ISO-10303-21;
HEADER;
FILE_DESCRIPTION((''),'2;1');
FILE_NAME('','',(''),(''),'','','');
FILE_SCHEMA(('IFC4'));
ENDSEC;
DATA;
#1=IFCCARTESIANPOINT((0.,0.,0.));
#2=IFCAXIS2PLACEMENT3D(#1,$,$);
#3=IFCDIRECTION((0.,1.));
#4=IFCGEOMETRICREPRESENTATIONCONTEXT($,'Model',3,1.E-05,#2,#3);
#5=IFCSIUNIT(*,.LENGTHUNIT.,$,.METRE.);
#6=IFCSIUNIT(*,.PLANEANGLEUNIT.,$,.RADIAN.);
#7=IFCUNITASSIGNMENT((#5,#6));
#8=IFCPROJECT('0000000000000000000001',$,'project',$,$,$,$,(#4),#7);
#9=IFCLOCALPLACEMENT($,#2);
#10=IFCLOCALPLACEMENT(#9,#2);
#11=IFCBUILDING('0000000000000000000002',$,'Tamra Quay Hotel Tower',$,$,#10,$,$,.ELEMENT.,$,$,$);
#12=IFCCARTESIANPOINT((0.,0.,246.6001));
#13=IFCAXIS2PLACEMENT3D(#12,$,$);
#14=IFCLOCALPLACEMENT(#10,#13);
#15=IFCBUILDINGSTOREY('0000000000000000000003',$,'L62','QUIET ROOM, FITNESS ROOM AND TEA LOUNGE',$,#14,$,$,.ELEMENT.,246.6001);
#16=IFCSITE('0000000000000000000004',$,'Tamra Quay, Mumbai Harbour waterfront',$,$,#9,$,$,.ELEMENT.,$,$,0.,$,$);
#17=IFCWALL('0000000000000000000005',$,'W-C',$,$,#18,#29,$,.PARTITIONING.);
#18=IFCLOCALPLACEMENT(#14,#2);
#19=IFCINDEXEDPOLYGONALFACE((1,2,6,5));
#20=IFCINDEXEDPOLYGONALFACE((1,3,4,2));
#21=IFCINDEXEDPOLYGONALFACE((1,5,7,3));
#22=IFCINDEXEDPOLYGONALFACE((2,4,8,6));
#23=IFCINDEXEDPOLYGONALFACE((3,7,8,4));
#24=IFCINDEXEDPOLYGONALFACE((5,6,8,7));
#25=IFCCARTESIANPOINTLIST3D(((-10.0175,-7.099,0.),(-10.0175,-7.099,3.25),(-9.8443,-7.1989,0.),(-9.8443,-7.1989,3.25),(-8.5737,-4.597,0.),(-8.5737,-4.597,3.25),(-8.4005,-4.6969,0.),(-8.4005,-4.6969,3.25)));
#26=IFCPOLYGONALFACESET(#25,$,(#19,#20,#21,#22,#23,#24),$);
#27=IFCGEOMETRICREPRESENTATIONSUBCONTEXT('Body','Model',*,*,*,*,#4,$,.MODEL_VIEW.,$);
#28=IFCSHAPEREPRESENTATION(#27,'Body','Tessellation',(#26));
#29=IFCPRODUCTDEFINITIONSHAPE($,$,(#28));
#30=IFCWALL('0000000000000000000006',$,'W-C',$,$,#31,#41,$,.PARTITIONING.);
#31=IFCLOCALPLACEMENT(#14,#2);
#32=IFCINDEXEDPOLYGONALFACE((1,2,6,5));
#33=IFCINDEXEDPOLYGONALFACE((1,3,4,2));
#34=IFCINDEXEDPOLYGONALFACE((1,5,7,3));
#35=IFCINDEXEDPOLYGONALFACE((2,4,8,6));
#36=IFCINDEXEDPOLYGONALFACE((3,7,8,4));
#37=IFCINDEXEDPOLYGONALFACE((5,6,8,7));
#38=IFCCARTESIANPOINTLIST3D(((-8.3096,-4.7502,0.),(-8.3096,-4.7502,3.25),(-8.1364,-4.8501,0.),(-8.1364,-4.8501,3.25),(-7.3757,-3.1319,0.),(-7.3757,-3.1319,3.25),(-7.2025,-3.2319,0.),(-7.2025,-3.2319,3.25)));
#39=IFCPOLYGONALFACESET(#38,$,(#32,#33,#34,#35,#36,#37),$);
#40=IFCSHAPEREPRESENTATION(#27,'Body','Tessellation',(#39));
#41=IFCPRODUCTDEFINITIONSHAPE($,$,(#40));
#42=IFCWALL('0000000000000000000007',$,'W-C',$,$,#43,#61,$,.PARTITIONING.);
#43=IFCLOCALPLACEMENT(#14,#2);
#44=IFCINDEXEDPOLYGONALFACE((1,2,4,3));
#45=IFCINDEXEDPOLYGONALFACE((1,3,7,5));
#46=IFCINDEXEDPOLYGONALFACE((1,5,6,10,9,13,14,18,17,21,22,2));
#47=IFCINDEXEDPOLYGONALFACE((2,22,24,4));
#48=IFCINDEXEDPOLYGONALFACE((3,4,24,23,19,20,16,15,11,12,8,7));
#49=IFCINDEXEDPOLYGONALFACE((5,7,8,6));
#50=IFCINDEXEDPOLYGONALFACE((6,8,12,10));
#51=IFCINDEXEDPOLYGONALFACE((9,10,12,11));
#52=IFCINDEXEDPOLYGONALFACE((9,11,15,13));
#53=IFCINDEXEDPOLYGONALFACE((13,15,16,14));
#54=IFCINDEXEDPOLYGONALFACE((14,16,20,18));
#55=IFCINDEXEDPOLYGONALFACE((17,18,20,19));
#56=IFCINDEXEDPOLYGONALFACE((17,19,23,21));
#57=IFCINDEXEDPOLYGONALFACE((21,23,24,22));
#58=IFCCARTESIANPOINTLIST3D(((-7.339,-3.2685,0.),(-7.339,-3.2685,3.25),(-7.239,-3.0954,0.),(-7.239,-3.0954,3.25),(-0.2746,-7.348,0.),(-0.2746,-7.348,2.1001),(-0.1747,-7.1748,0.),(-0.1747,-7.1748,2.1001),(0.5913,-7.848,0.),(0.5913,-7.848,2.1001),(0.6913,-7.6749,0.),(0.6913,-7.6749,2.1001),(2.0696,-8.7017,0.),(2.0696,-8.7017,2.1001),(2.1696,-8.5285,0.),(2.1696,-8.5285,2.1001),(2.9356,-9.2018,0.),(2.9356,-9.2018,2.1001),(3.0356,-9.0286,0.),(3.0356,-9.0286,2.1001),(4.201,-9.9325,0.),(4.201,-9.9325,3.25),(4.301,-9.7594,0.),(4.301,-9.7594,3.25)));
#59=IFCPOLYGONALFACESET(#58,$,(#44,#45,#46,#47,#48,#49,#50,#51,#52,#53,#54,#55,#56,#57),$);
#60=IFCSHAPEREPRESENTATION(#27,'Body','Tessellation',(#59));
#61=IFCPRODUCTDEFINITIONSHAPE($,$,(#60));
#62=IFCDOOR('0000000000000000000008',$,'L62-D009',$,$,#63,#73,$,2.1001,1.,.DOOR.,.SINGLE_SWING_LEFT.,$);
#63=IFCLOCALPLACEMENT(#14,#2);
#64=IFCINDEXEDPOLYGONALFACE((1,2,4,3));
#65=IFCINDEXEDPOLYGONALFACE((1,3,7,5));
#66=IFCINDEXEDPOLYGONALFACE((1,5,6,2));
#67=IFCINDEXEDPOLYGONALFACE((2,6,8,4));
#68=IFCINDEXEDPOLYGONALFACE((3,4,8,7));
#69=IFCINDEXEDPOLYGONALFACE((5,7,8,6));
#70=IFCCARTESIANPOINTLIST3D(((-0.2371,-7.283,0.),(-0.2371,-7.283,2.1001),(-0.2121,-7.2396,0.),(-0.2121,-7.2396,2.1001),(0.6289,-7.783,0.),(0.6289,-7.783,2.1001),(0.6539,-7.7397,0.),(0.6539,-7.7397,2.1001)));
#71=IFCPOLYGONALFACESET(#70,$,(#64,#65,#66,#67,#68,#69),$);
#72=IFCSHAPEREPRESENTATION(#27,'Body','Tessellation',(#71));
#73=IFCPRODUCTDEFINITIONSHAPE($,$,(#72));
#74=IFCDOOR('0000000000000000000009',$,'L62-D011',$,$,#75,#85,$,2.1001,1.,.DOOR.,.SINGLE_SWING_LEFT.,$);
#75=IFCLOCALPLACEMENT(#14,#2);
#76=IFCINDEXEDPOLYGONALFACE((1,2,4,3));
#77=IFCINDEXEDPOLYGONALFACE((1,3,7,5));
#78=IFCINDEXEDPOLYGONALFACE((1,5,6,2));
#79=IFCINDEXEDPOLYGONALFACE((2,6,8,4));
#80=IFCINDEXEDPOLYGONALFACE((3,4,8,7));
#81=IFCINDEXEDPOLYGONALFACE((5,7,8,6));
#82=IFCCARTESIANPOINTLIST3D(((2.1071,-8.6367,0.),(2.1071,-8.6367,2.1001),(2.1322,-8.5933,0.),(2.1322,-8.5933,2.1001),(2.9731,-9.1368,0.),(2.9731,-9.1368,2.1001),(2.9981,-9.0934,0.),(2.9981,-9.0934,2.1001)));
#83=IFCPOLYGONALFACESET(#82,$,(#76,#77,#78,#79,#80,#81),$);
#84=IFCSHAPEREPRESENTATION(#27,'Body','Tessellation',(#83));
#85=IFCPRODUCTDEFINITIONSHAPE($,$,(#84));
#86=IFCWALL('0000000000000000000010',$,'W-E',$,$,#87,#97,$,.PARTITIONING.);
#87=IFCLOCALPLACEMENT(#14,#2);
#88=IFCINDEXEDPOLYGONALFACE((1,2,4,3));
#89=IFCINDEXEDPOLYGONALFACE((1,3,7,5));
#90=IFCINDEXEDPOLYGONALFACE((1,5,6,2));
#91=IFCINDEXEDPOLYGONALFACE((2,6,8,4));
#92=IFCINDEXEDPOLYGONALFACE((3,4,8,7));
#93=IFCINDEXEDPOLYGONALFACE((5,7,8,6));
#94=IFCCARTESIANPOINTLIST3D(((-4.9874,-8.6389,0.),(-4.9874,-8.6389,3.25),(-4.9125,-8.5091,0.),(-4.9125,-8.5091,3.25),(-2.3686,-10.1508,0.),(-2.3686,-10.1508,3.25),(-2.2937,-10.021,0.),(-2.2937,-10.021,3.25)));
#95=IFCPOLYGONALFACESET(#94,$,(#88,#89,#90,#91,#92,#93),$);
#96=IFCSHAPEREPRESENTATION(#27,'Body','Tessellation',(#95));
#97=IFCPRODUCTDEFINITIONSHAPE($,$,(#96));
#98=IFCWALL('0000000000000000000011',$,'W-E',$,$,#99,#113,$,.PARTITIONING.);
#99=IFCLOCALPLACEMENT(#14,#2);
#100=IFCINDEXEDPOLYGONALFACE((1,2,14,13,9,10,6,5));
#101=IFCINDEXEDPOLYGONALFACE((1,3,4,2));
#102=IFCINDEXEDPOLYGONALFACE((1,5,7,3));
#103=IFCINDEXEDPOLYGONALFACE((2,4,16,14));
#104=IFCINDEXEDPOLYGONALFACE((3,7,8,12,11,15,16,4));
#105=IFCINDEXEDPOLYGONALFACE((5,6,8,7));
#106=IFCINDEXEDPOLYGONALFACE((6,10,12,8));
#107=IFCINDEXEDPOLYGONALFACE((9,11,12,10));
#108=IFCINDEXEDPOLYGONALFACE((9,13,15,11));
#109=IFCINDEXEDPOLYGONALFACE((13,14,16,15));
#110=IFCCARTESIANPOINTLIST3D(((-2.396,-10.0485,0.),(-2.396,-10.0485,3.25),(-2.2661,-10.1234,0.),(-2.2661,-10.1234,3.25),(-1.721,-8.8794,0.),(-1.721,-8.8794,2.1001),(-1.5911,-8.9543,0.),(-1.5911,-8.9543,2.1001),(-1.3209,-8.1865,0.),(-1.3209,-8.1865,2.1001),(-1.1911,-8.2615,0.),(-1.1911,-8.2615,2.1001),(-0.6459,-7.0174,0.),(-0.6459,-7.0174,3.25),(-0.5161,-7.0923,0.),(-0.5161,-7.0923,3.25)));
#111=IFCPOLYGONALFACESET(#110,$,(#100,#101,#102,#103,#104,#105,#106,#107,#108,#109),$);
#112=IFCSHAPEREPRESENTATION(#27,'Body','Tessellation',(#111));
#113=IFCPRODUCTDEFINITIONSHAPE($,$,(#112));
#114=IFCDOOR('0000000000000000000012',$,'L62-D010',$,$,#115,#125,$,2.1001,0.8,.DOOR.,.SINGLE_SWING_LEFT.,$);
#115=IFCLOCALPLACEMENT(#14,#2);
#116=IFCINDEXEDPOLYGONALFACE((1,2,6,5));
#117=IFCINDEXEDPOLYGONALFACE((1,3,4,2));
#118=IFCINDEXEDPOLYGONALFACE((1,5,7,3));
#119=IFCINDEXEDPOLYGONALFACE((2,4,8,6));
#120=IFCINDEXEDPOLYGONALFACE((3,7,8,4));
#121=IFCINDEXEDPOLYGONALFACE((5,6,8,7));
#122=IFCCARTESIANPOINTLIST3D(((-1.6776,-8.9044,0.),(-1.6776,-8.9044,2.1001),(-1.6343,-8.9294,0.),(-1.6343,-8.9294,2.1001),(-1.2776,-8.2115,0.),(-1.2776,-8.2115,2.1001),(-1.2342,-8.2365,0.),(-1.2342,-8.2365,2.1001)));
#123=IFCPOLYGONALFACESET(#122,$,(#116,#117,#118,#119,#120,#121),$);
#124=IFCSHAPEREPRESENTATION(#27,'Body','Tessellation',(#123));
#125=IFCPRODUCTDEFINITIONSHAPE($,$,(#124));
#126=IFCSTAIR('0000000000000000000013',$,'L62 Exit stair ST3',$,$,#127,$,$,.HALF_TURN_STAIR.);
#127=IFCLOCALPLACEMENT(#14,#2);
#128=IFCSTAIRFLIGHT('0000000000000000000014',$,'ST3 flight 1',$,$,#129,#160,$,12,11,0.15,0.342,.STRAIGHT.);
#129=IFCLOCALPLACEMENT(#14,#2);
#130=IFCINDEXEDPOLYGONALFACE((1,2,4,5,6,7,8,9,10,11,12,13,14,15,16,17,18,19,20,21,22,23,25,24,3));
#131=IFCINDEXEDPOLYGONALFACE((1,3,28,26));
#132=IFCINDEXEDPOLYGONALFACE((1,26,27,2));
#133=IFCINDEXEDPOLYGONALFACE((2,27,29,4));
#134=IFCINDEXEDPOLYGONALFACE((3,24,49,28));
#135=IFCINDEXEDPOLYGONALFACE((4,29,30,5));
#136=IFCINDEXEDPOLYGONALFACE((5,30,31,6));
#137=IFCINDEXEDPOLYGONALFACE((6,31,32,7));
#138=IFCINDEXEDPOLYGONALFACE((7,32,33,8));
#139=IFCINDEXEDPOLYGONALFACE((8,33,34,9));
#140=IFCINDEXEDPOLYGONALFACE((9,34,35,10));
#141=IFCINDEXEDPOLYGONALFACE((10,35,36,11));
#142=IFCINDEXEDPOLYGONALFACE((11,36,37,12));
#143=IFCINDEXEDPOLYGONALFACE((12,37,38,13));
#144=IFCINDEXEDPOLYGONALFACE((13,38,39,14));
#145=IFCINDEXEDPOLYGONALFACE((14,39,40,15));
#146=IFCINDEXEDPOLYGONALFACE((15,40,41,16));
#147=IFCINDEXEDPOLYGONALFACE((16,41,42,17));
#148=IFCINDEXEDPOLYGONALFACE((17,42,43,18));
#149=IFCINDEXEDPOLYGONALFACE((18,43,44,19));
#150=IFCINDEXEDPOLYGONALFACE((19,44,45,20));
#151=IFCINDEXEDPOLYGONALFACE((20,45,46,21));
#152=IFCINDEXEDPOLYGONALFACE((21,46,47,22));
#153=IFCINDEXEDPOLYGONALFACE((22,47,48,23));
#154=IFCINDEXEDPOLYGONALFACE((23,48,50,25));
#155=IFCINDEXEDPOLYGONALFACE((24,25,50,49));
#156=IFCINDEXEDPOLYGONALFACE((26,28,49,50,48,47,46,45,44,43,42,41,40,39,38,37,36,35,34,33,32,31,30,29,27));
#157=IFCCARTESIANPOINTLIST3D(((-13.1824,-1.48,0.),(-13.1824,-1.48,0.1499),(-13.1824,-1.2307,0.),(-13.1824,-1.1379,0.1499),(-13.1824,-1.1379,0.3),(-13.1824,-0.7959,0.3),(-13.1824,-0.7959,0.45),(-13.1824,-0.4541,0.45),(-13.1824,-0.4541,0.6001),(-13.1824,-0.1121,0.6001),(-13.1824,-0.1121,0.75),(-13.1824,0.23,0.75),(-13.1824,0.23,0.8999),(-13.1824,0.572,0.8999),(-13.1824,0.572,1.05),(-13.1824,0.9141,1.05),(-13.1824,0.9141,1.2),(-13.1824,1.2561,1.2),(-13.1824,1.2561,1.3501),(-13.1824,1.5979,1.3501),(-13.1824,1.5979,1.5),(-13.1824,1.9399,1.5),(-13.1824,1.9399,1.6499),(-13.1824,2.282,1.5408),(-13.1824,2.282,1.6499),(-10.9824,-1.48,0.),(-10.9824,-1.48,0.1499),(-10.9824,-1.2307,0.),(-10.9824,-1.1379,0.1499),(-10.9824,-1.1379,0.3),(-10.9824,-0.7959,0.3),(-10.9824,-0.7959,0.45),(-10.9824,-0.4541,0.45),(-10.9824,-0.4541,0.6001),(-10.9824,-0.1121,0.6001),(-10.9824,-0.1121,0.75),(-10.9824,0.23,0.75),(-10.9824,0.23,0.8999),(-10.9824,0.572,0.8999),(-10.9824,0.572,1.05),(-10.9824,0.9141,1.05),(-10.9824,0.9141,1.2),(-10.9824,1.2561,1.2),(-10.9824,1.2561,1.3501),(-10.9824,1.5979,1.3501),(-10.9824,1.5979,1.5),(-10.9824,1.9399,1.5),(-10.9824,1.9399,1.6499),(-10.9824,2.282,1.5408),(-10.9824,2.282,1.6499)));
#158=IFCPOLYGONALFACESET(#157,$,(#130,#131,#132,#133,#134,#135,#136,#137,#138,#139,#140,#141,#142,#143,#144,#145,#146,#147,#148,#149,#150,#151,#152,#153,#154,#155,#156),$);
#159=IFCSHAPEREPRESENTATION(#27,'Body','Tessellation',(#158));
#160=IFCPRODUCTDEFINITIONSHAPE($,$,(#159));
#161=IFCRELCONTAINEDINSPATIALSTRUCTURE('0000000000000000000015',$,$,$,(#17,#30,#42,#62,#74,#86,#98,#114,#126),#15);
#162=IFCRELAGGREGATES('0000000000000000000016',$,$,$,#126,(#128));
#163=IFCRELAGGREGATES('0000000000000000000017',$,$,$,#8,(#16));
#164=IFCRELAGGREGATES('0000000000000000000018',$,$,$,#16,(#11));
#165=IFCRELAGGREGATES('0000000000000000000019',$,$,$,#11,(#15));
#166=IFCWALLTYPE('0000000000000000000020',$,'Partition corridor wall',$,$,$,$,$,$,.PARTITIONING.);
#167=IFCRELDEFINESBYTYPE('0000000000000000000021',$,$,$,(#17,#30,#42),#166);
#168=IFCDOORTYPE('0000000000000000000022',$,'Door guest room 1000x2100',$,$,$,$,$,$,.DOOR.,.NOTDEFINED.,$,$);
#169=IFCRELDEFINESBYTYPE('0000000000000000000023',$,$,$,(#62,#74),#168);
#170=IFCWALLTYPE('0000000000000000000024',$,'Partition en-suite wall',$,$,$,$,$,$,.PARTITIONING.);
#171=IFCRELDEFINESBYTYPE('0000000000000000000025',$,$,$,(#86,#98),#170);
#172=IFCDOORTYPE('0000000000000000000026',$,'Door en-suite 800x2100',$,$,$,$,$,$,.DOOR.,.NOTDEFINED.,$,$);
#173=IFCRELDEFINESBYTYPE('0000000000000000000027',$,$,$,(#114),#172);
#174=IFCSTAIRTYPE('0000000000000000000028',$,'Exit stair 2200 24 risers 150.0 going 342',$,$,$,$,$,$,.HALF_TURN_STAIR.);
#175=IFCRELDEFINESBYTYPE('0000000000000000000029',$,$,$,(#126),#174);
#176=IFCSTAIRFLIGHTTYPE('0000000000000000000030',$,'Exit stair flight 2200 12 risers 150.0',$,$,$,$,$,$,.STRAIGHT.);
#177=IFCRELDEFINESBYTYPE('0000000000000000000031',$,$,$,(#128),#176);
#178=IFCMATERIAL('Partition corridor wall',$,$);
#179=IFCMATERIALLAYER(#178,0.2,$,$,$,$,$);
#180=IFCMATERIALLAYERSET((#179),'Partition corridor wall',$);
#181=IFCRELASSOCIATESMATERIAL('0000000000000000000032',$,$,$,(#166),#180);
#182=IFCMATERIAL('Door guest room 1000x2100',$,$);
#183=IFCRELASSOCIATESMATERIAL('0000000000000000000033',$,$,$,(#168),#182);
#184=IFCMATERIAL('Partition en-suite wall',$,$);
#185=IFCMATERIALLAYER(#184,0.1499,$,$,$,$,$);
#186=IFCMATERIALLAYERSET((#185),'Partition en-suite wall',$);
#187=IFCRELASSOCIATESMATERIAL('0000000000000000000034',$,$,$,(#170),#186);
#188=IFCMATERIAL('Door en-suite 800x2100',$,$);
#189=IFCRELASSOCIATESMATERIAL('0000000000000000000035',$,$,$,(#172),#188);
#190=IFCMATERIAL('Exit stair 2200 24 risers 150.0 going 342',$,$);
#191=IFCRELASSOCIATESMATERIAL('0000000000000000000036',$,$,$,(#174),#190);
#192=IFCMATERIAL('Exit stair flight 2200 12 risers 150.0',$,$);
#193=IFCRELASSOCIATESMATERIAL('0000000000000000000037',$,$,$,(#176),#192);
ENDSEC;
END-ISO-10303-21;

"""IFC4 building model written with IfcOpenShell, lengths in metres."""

from ifc_helpers import new_model, si_unit, direction, frame, frame_2d, origin, place, context, subcontext, project, spatial, polyline, rectangle, outline, extrude, material, layer, layer_set, type_object, element, fill, aggregate, save


model = new_model("IFC4")

# Units and contexts
model_context = context("Model", 3, precision=1e-05, world=origin(), true_north=direction((0.0, 1.0)))
body_context = subcontext(model_context, "Body", "Model", "MODEL_VIEW")
ifc_project = project(units=[si_unit("LENGTHUNIT", "METRE"), si_unit("PLANEANGLEUNIT", "RADIAN")], contexts=[model_context])

# Site, building, storey
site_placement = place(None, origin())
site = spatial("IfcSite", under=ifc_project, at=site_placement, Name="Tamra Quay, Mumbai Harbour waterfront", CompositionType="ELEMENT", RefElevation=0.0)
building_placement = place(site_placement, origin())
building = spatial("IfcBuilding", under=site, at=building_placement, Name="Tamra Quay Hotel Tower", CompositionType="ELEMENT")
storey_placement = place(building_placement, frame((0.0, 0.0, 246.6001)))
storey = spatial("IfcBuildingStorey", under=building, at=storey_placement, Name="L62", Description="QUIET ROOM, FITNESS ROOM AND TEA LOUNGE", CompositionType="ELEMENT", Elevation=246.6001)

# Walls
ifc_material_1 = material(Name="Partition corridor wall")
ifc_layer_1 = layer(ifc_material_1, 0.2)
ifc_layer_set_1 = layer_set([ifc_layer_1], Name="Partition corridor wall")
wall_type_1 = type_object("IfcWallType", Name="Partition corridor wall", PredefinedType="PARTITIONING", material=ifc_layer_set_1)
wall_1_placement = place(storey_placement, frame((-9.9309, -7.1489, 0.0), z_axis=(0.0, 0.0, 1.0), x_axis=(0.49983, 0.866124, 0.0)))
element("IfcWall", 1, at=wall_1_placement, inside=storey, type_object=wall_type_1, Name="W-C", PredefinedType="PARTITIONING", context=body_context, shape_type="SweptSolid", body=[
    extrude(rectangle(XDim=2.8887, YDim=0.2, at=frame_2d((1.4443, 0.0))), origin(), (0.0, 0.0, 1.0), 3.25),
])
wall_2_placement = place(storey_placement, frame((-8.2229, -4.8, 0.0), z_axis=(0.0, 0.0, 1.0), x_axis=(0.499836, 0.86612, 0.0)))
element("IfcWall", 2, at=wall_2_placement, inside=storey, type_object=wall_type_1, Name="W-C", PredefinedType="PARTITIONING", context=body_context, shape_type="SweptSolid", body=[
    extrude(rectangle(XDim=1.8684, YDim=0.2, at=frame_2d((0.9341, 0.0))), origin(), (0.0, 0.0, 1.0), 3.25),
])

# Wall, openings, doors
wall_3_placement = place(storey_placement, frame((-7.2891, -3.1819, 0.0), z_axis=(0.0, 0.0, 1.0), x_axis=(0.865979, -0.50008, 0.0)))
wall_3 = element("IfcWall", 3, at=wall_3_placement, inside=storey, type_object=wall_type_1, Name="W-C", PredefinedType="PARTITIONING", context=body_context, shape_type="SweptSolid", body=[
    extrude(rectangle(XDim=13.3259, YDim=0.2, at=frame_2d((6.6631, 0.0))), origin(), (0.0, 0.0, 1.0), 3.25),
])
opening_1_placement = place(wall_3_placement, frame((8.1577, 0.0, 0.0)))
opening_1 = element("IfcOpeningElement", 4, at=opening_1_placement, cuts=wall_3, PredefinedType="OPENING", context=body_context, shape_type="SweptSolid", body=[
    extrude(rectangle(XDim=1.0, YDim=2.1001, at=frame_2d((0.5, 1.05))), frame((0.0, 0.1099, 0.0), z_axis=(0.0, -1.0, 0.0), x_axis=(1.0, 0.0, 0.0)), (0.0, 0.0, 1.0), 0.22),
])
opening_2_placement = place(wall_3_placement, frame((10.8647, 0.0, 0.0)))
opening_2 = element("IfcOpeningElement", 5, at=opening_2_placement, cuts=wall_3, PredefinedType="OPENING", context=body_context, shape_type="SweptSolid", body=[
    extrude(rectangle(XDim=1.0, YDim=2.1001, at=frame_2d((0.5, 1.05))), frame((0.0, 0.1099, 0.0), z_axis=(0.0, -1.0, 0.0), x_axis=(1.0, 0.0, 0.0)), (0.0, 0.0, 1.0), 0.22),
])
ifc_material_2 = material(Name="Door guest room 1000x2100")
door_type_1 = type_object("IfcDoorType", Name="Door guest room 1000x2100", OperationType="NOTDEFINED", PredefinedType="DOOR", material=ifc_material_2)
door_1_placement = place(opening_1_placement, frame((1.0, 0.0, 0.0), z_axis=(0.0, 0.0, 1.0), x_axis=(-1.0, 0.0, 0.0)))
door_1 = element("IfcDoor", 6, at=door_1_placement, inside=storey, type_object=door_type_1, Name="L62-D009", OperationType="SINGLE_SWING_LEFT", OverallHeight=2.1001, OverallWidth=1.0, PredefinedType="DOOR", context=body_context, shape_type="SweptSolid", body=[
    extrude(rectangle(XDim=1.0, YDim=2.1001, at=frame_2d((0.5, 1.05))), frame((0.0, 0.0249, 0.0), z_axis=(0.0, -1.0, 0.0), x_axis=(1.0, 0.0, 0.0)), (0.0, 0.0, 1.0), 0.05),
])
fill(opening_1, door_1)
door_2_placement = place(opening_2_placement, frame((1.0, 0.0, 0.0), z_axis=(0.0, 0.0, 1.0), x_axis=(-1.0, 0.0, 0.0)))
door_2 = element("IfcDoor", 7, at=door_2_placement, inside=storey, type_object=door_type_1, Name="L62-D011", OperationType="SINGLE_SWING_LEFT", OverallHeight=2.1001, OverallWidth=1.0, PredefinedType="DOOR", context=body_context, shape_type="SweptSolid", body=[
    extrude(rectangle(XDim=1.0, YDim=2.1001, at=frame_2d((0.5, 1.05))), frame((0.0, 0.0249, 0.0), z_axis=(0.0, -1.0, 0.0), x_axis=(1.0, 0.0, 0.0)), (0.0, 0.0, 1.0), 0.05),
])
fill(opening_2, door_2)

# Wall
ifc_material_3 = material(Name="Partition en-suite wall")
ifc_layer_2 = layer(ifc_material_3, 0.1499)
ifc_layer_set_2 = layer_set([ifc_layer_2], Name="Partition en-suite wall")
wall_type_2 = type_object("IfcWallType", Name="Partition en-suite wall", PredefinedType="PARTITIONING", material=ifc_layer_set_2)
wall_4_placement = place(storey_placement, frame((-4.95, -8.574, 0.0), z_axis=(0.0, 0.0, 1.0), x_axis=(0.866034, -0.499986, 0.0)))
element("IfcWall", 8, at=wall_4_placement, inside=storey, type_object=wall_type_2, Name="W-E", PredefinedType="PARTITIONING", context=body_context, shape_type="SweptSolid", body=[
    extrude(rectangle(XDim=3.0239, YDim=0.1499, at=frame_2d((1.512, 0.0))), origin(), (0.0, 0.0, 1.0), 3.25),
])

# Wall, opening, door
wall_5_placement = place(storey_placement, frame((-2.3311, -10.0859, 0.0), z_axis=(0.0, 0.0, 1.0), x_axis=(0.50001, 0.866019, 0.0)))
wall_5 = element("IfcWall", 9, at=wall_5_placement, inside=storey, type_object=wall_type_2, Name="W-E", PredefinedType="PARTITIONING", context=body_context, shape_type="SweptSolid", body=[
    extrude(rectangle(XDim=3.5, YDim=0.1499, at=frame_2d((1.75, 0.0))), origin(), (0.0, 0.0, 1.0), 3.25),
])
opening_3_placement = place(wall_5_placement, frame((1.3501, 0.0, 0.0)))
opening_3 = element("IfcOpeningElement", 10, at=opening_3_placement, cuts=wall_5, PredefinedType="OPENING", context=body_context, shape_type="SweptSolid", body=[
    extrude(rectangle(XDim=0.8, YDim=2.1001, at=frame_2d((0.3999, 1.05))), frame((0.0, 0.085, 0.0), z_axis=(0.0, -1.0, 0.0), x_axis=(1.0, 0.0, 0.0)), (0.0, 0.0, 1.0), 0.1699),
])
ifc_material_4 = material(Name="Door en-suite 800x2100")
door_type_2 = type_object("IfcDoorType", Name="Door en-suite 800x2100", OperationType="NOTDEFINED", PredefinedType="DOOR", material=ifc_material_4)
door_3_placement = place(opening_3_placement, origin())
door_3 = element("IfcDoor", 11, at=door_3_placement, inside=storey, type_object=door_type_2, Name="L62-D010", OperationType="SINGLE_SWING_LEFT", OverallHeight=2.1001, OverallWidth=0.8, PredefinedType="DOOR", context=body_context, shape_type="SweptSolid", body=[
    extrude(rectangle(XDim=0.8, YDim=2.1001, at=frame_2d((0.3999, 1.05))), frame((0.0, 0.0249, 0.0), z_axis=(0.0, -1.0, 0.0), x_axis=(1.0, 0.0, 0.0)), (0.0, 0.0, 1.0), 0.05),
])
fill(opening_3, door_3)

# Stair, stair flight
ifc_material_5 = material(Name="Exit stair 2200 24 risers 150.0 going 342")
stair_type = type_object("IfcStairType", Name="Exit stair 2200 24 risers 150.0 going 342", PredefinedType="HALF_TURN_STAIR", material=ifc_material_5)
stair_placement = place(storey_placement, origin())
stair = element("IfcStair", 12, at=stair_placement, inside=storey, type_object=stair_type, Name="L62 Exit stair ST3", PredefinedType="HALF_TURN_STAIR")
ifc_material_6 = material(Name="Exit stair flight 2200 12 risers 150.0")
stair_flight_type = type_object("IfcStairFlightType", Name="Exit stair flight 2200 12 risers 150.0", PredefinedType="STRAIGHT", material=ifc_material_6)
stair_flight_placement = place(storey_placement, frame((-12.0823, -1.48, 0.0), z_axis=(0.0, 0.0, 1.0), x_axis=(0.0, 1.0, 0.0)))
stair_flight = element("IfcStairFlight", 13, at=stair_flight_placement, type_object=stair_flight_type, Name="ST3 flight 1", NumberOfRisers=12, NumberOfTreads=11, PredefinedType="STRAIGHT", RiserHeight=0.15, TreadLength=0.342, context=body_context, shape_type="SweptSolid", body=[
    extrude(outline(polyline([(0.0, 0.0), (0.0, 0.1499), (0.342, 0.1499), (0.342, 0.3), (0.6841, 0.3), (0.6841, 0.45), (1.0259, 0.45), (1.0259, 0.6001), (1.3679, 0.6001), (1.3679, 0.75), (1.71, 0.75), (1.71, 0.8999), (2.052, 0.8999), (2.052, 1.05), (2.394, 1.05), (2.394, 1.2), (2.7361, 1.2), (2.7361, 1.3501), (3.0779, 1.3501), (3.0779, 1.5), (3.4199, 1.5), (3.4199, 1.6499), (3.762, 1.6499), (3.762, 1.8), (3.762, 1.5408), (0.2493, 0.0), (0.0, 0.0)])), frame((0.0, 1.1001, 0.0), z_axis=(0.0, -1.0, 0.0), x_axis=(1.0, 0.0, 0.0)), (0.0, 0.0, 1.0), 2.2),
])
aggregate(stair, [stair_flight])

save(model, "model.ifc")
